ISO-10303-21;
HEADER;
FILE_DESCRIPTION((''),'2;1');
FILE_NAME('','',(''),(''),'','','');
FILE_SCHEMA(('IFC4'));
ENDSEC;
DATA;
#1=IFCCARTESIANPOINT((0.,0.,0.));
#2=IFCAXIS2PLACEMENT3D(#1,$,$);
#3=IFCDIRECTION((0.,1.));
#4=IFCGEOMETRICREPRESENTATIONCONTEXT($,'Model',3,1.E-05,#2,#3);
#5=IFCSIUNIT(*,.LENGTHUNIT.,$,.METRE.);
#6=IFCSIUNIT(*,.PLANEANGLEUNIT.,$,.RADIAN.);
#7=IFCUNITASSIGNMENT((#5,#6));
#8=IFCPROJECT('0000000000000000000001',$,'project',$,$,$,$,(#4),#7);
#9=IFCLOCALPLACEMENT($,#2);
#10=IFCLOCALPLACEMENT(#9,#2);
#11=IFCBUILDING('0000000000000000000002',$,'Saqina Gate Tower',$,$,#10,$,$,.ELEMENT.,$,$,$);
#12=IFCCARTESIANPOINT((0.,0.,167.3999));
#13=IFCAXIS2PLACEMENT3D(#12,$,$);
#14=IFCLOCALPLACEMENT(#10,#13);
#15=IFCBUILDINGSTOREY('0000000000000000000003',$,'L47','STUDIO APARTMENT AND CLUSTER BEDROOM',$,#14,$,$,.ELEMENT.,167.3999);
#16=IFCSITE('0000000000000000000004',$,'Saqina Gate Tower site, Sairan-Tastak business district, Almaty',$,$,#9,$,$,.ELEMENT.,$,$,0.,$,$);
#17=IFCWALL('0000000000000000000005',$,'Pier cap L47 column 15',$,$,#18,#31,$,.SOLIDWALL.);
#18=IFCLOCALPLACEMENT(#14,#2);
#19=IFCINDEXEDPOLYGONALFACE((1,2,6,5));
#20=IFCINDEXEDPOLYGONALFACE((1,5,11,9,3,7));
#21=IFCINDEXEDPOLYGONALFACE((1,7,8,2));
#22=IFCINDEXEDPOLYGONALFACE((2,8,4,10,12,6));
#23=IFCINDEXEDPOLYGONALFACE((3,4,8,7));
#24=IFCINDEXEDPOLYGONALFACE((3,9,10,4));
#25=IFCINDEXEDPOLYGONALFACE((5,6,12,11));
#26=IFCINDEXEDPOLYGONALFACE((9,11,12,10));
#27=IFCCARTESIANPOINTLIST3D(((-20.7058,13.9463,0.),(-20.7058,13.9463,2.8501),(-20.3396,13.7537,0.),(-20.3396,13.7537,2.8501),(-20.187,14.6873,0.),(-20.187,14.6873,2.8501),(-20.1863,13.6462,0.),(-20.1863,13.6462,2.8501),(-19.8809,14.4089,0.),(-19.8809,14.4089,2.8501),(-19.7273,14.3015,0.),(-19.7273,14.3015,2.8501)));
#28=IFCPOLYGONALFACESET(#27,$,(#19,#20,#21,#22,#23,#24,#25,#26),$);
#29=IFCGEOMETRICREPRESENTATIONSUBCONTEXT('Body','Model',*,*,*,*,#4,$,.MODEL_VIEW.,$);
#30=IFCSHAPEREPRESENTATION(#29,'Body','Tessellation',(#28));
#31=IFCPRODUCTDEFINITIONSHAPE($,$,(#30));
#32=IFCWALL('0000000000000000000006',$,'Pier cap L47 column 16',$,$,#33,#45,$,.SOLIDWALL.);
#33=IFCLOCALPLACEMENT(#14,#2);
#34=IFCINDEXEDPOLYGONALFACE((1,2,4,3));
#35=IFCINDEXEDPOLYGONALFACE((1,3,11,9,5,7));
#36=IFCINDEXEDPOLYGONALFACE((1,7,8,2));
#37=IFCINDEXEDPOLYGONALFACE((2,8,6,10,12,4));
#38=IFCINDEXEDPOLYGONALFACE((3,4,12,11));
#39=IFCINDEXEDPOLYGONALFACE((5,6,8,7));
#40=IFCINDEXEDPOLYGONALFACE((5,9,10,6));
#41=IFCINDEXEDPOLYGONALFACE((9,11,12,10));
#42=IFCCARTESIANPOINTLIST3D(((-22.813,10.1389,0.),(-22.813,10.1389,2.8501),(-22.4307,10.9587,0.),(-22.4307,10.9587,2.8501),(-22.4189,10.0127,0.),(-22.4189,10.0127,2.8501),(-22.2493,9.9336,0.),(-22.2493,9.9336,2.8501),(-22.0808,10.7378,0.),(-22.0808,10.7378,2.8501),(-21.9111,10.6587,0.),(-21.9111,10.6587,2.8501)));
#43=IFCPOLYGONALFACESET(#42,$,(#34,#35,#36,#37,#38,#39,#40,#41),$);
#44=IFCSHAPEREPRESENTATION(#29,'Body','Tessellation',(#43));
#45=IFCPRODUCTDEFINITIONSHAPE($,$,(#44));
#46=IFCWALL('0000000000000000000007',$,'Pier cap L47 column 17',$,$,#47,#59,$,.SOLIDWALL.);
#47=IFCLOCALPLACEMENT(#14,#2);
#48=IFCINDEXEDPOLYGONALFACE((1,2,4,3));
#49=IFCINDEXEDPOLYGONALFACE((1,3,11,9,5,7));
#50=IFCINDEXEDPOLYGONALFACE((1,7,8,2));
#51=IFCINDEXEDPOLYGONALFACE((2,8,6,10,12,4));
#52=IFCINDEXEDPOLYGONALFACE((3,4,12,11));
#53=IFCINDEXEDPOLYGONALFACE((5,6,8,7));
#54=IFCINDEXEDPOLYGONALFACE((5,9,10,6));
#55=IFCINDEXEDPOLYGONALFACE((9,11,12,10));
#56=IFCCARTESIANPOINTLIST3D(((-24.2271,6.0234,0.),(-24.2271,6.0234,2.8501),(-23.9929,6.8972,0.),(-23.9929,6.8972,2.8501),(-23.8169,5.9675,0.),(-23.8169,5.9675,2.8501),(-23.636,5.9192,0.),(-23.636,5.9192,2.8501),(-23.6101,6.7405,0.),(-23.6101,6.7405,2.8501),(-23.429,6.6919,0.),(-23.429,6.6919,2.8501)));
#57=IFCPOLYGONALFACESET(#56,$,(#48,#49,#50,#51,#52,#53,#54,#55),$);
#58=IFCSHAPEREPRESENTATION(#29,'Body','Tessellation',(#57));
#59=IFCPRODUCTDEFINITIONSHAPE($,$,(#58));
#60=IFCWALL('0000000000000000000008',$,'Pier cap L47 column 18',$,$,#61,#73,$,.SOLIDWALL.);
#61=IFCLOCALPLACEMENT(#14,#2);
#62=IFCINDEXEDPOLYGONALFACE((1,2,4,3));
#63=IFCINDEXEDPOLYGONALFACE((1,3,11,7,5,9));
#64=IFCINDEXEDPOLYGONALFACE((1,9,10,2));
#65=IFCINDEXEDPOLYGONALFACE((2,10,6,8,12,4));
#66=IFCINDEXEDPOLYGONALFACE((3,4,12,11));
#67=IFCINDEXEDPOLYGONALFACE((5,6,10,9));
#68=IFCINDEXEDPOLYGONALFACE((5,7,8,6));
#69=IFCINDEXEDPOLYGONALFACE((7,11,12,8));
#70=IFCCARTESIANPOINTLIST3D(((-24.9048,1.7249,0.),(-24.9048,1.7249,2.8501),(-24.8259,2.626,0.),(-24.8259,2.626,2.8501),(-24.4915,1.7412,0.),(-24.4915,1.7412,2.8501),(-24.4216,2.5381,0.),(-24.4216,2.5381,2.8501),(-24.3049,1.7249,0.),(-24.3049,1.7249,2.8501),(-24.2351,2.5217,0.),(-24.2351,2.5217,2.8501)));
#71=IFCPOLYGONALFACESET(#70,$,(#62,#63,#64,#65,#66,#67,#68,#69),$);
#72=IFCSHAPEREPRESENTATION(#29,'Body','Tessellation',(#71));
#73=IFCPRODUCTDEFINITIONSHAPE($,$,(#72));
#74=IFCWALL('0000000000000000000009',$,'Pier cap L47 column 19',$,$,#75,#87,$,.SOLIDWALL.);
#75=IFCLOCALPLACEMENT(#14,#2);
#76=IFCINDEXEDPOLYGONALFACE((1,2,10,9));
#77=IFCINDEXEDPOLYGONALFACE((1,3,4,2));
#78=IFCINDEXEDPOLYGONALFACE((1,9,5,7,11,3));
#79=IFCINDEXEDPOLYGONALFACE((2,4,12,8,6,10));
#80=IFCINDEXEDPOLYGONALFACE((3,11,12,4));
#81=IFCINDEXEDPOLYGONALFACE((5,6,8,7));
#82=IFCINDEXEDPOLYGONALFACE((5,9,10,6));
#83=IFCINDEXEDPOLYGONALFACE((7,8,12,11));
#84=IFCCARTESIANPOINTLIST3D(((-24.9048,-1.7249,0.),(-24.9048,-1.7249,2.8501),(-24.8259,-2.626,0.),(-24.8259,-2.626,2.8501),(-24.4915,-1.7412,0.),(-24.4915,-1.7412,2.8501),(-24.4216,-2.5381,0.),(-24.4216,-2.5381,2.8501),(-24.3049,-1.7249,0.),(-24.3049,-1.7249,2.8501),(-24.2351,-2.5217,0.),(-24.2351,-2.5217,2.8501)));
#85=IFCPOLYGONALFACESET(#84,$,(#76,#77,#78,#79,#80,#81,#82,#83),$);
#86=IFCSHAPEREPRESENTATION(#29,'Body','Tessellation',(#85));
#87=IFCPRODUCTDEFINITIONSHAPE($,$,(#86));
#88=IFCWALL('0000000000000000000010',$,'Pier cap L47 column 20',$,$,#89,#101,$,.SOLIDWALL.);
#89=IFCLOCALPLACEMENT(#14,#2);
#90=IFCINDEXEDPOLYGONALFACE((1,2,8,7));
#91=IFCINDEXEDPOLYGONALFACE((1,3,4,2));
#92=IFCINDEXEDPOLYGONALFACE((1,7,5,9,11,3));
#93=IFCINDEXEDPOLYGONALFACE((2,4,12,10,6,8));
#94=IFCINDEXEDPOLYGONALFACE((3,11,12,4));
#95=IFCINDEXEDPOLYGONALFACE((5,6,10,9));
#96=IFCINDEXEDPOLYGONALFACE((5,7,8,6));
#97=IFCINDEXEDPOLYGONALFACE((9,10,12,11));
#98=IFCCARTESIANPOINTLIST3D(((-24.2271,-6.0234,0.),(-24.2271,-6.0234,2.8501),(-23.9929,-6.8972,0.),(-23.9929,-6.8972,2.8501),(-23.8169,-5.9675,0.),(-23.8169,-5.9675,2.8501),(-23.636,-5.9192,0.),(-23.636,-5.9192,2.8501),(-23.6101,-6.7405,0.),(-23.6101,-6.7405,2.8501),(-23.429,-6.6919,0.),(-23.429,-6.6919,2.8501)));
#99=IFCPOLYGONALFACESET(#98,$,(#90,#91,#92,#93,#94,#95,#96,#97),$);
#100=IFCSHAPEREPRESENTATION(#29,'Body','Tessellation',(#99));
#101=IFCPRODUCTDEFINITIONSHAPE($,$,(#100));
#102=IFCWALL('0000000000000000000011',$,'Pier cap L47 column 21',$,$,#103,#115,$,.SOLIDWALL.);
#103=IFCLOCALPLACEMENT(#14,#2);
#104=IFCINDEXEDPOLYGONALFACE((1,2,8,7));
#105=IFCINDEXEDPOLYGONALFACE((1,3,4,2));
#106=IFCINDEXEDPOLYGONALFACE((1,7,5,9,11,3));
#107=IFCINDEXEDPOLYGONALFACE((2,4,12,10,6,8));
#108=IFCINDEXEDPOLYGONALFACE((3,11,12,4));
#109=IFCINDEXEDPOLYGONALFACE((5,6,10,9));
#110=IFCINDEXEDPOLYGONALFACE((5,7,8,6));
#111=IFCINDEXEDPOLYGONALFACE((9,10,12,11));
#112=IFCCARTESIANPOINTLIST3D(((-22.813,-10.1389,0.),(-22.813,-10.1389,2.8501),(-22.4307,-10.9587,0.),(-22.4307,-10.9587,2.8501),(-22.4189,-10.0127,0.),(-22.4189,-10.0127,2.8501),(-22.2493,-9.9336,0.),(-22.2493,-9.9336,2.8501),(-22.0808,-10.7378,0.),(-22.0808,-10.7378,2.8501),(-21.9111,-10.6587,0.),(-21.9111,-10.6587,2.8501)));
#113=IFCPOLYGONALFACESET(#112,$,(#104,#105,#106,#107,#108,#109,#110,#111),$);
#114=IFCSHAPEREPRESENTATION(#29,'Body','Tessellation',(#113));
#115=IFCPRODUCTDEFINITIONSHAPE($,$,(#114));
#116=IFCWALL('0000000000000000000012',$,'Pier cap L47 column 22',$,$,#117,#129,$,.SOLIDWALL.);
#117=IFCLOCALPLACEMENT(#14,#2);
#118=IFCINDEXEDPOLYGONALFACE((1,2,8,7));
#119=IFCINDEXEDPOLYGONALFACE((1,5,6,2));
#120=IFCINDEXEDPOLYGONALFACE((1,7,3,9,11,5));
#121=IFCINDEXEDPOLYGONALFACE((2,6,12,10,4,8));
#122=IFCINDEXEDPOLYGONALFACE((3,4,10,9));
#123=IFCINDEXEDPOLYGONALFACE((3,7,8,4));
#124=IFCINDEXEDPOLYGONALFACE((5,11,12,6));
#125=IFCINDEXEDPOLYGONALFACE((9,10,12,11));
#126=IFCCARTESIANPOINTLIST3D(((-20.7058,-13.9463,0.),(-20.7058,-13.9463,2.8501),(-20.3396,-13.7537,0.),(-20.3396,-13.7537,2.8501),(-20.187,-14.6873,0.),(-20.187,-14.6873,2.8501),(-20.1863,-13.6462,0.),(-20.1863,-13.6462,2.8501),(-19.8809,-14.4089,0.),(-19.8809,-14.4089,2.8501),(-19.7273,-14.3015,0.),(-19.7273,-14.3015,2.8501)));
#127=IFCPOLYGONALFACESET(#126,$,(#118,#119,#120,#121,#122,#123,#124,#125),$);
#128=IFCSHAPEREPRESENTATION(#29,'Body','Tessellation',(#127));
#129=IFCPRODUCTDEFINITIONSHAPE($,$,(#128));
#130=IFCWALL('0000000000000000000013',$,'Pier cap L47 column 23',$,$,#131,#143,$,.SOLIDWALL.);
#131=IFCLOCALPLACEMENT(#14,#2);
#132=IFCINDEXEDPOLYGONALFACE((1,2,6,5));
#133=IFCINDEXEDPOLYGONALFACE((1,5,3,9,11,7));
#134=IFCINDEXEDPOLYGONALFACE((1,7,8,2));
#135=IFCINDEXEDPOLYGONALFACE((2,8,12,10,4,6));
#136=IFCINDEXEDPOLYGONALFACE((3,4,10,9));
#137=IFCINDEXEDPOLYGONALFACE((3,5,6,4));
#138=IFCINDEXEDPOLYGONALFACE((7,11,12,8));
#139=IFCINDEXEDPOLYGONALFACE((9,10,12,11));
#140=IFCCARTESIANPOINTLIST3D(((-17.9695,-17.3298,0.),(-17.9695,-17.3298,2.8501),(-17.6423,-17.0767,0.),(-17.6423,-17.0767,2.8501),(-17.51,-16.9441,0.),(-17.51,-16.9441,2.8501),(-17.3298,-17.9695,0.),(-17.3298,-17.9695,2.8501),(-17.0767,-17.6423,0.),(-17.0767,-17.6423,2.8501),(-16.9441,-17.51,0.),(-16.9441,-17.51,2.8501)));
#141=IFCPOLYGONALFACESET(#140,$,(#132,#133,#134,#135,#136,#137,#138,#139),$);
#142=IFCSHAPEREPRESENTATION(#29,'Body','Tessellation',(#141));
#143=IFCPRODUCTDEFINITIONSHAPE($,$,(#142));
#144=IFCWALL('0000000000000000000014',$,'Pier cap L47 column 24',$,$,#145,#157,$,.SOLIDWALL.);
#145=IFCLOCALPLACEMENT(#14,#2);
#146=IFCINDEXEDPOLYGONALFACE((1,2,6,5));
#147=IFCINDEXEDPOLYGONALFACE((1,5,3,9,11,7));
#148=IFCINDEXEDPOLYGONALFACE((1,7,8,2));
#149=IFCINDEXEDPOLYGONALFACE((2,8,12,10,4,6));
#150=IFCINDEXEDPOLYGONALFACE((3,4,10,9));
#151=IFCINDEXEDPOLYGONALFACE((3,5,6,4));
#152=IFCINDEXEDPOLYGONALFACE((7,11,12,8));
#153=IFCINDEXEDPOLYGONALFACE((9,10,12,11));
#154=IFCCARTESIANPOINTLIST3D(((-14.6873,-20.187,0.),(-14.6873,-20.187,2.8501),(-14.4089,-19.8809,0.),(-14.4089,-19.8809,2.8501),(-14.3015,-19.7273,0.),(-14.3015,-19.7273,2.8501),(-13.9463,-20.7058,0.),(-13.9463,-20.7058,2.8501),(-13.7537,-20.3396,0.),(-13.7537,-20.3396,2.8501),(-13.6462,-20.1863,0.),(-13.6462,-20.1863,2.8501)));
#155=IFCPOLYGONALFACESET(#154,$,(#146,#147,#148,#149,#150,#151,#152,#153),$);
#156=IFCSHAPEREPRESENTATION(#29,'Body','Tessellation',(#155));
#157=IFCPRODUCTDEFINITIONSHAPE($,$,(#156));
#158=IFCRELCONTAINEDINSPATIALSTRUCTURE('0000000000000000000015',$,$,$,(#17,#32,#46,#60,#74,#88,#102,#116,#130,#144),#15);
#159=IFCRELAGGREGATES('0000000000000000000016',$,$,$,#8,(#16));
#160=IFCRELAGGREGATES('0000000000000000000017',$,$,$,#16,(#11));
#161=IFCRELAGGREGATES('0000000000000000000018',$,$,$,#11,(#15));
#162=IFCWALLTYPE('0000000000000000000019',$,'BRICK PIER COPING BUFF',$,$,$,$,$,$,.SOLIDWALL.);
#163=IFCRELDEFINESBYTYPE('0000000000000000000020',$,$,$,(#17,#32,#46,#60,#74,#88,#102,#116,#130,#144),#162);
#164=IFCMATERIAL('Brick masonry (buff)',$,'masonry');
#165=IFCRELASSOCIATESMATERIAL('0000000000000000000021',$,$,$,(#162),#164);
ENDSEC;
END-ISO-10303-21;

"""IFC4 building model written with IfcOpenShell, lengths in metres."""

from ifc_helpers import new_model, si_unit, direction, frame, origin, place, context, subcontext, project, spatial, polyline, outline, extrude, material, type_object, element, save


model = new_model("IFC4")

# Units and contexts
model_context = context("Model", 3, precision=1e-05, world=origin(), true_north=direction((0.0, 1.0)))
body_context = subcontext(model_context, "Body", "Model", "MODEL_VIEW")
ifc_project = project(units=[si_unit("LENGTHUNIT", "METRE"), si_unit("PLANEANGLEUNIT", "RADIAN")], contexts=[model_context])

# Site, building, storey
site_placement = place(None, origin())
site = spatial("IfcSite", under=ifc_project, at=site_placement, Name="Saqina Gate Tower site, Sairan-Tastak business district, Almaty", CompositionType="ELEMENT", RefElevation=0.0)
building_placement = place(site_placement, origin())
building = spatial("IfcBuilding", under=site, at=building_placement, Name="Saqina Gate Tower", CompositionType="ELEMENT")
storey_placement = place(building_placement, frame((0.0, 0.0, 167.3999)))
storey = spatial("IfcBuildingStorey", under=building, at=storey_placement, Name="L47", Description="STUDIO APARTMENT AND CLUSTER BEDROOM", CompositionType="ELEMENT", Elevation=167.3999)

# Walls
ifc_material = material(Name="Brick masonry (buff)", Category="masonry")
wall_type = type_object("IfcWallType", Name="BRICK PIER COPING BUFF", PredefinedType="SOLIDWALL", material=ifc_material)
wall_1_placement = place(storey_placement, origin())
element("IfcWall", 1, at=wall_1_placement, inside=storey, type_object=wall_type, Name="Pier cap L47 column 15", PredefinedType="SOLIDWALL", context=body_context, shape_type="SweptSolid", body=[
    extrude(outline(polyline([(-20.187, 14.6873), (-20.7058, 13.9463), (-20.1863, 13.6462), (-20.3396, 13.7537), (-19.8809, 14.4089), (-19.7273, 14.3015), (-20.187, 14.6873)])), origin(), (0.0, 0.0, 1.0), 2.8501),
])
wall_2_placement = place(storey_placement, origin())
element("IfcWall", 2, at=wall_2_placement, inside=storey, type_object=wall_type, Name="Pier cap L47 column 16", PredefinedType="SOLIDWALL", context=body_context, shape_type="SweptSolid", body=[
    extrude(outline(polyline([(-22.813, 10.1389), (-22.2493, 9.9336), (-22.4189, 10.0127), (-22.0808, 10.7378), (-21.9111, 10.6587), (-22.4307, 10.9587), (-22.813, 10.1389)])), origin(), (0.0, 0.0, 1.0), 2.8501),
])
wall_3_placement = place(storey_placement, origin())
element("IfcWall", 3, at=wall_3_placement, inside=storey, type_object=wall_type, Name="Pier cap L47 column 17", PredefinedType="SOLIDWALL", context=body_context, shape_type="SweptSolid", body=[
    extrude(outline(polyline([(-24.2271, 6.0234), (-23.636, 5.9192), (-23.8169, 5.9675), (-23.6101, 6.7405), (-23.429, 6.6919), (-23.9929, 6.8972), (-24.2271, 6.0234)])), origin(), (0.0, 0.0, 1.0), 2.8501),
])
wall_4_placement = place(storey_placement, origin())
element("IfcWall", 4, at=wall_4_placement, inside=storey, type_object=wall_type, Name="Pier cap L47 column 18", PredefinedType="SOLIDWALL", context=body_context, shape_type="SweptSolid", body=[
    extrude(outline(polyline([(-24.8259, 2.626), (-24.9048, 1.7249), (-24.3049, 1.7249), (-24.4915, 1.7412), (-24.4216, 2.5381), (-24.2351, 2.5217), (-24.8259, 2.626)])), origin(), (0.0, 0.0, 1.0), 2.8501),
])
wall_5_placement = place(storey_placement, origin())
element("IfcWall", 5, at=wall_5_placement, inside=storey, type_object=wall_type, Name="Pier cap L47 column 19", PredefinedType="SOLIDWALL", context=body_context, shape_type="SweptSolid", body=[
    extrude(outline(polyline([(-24.9048, -1.7249), (-24.8259, -2.626), (-24.2351, -2.5217), (-24.4216, -2.5381), (-24.4915, -1.7412), (-24.3049, -1.7249), (-24.9048, -1.7249)])), origin(), (0.0, 0.0, 1.0), 2.8501),
])
wall_6_placement = place(storey_placement, origin())
element("IfcWall", 6, at=wall_6_placement, inside=storey, type_object=wall_type, Name="Pier cap L47 column 20", PredefinedType="SOLIDWALL", context=body_context, shape_type="SweptSolid", body=[
    extrude(outline(polyline([(-24.2271, -6.0234), (-23.9929, -6.8972), (-23.429, -6.6919), (-23.6101, -6.7405), (-23.8169, -5.9675), (-23.636, -5.9192), (-24.2271, -6.0234)])), origin(), (0.0, 0.0, 1.0), 2.8501),
])
wall_7_placement = place(storey_placement, origin())
element("IfcWall", 7, at=wall_7_placement, inside=storey, type_object=wall_type, Name="Pier cap L47 column 21", PredefinedType="SOLIDWALL", context=body_context, shape_type="SweptSolid", body=[
    extrude(outline(polyline([(-22.4307, -10.9587), (-21.9111, -10.6587), (-22.0808, -10.7378), (-22.4189, -10.0127), (-22.2493, -9.9336), (-22.813, -10.1389), (-22.4307, -10.9587)])), origin(), (0.0, 0.0, 1.0), 2.8501),
])
wall_8_placement = place(storey_placement, origin())
element("IfcWall", 8, at=wall_8_placement, inside=storey, type_object=wall_type, Name="Pier cap L47 column 22", PredefinedType="SOLIDWALL", context=body_context, shape_type="SweptSolid", body=[
    extrude(outline(polyline([(-20.7058, -13.9463), (-20.187, -14.6873), (-19.7273, -14.3015), (-19.8809, -14.4089), (-20.3396, -13.7537), (-20.1863, -13.6462), (-20.7058, -13.9463)])), origin(), (0.0, 0.0, 1.0), 2.8501),
])
wall_9_placement = place(storey_placement, origin())
element("IfcWall", 9, at=wall_9_placement, inside=storey, type_object=wall_type, Name="Pier cap L47 column 23", PredefinedType="SOLIDWALL", context=body_context, shape_type="SweptSolid", body=[
    extrude(outline(polyline([(-17.3298, -17.9695), (-16.9441, -17.51), (-17.0767, -17.6423), (-17.6423, -17.0767), (-17.51, -16.9441), (-17.9695, -17.3298), (-17.3298, -17.9695)])), origin(), (0.0, 0.0, 1.0), 2.8501),
])
wall_10_placement = place(storey_placement, origin())
element("IfcWall", 10, at=wall_10_placement, inside=storey, type_object=wall_type, Name="Pier cap L47 column 24", PredefinedType="SOLIDWALL", context=body_context, shape_type="SweptSolid", body=[
    extrude(outline(polyline([(-14.6873, -20.187), (-13.9463, -20.7058), (-13.6462, -20.1863), (-13.7537, -20.3396), (-14.4089, -19.8809), (-14.3015, -19.7273), (-14.6873, -20.187)])), origin(), (0.0, 0.0, 1.0), 2.8501),
])

save(model, "model.ifc")
